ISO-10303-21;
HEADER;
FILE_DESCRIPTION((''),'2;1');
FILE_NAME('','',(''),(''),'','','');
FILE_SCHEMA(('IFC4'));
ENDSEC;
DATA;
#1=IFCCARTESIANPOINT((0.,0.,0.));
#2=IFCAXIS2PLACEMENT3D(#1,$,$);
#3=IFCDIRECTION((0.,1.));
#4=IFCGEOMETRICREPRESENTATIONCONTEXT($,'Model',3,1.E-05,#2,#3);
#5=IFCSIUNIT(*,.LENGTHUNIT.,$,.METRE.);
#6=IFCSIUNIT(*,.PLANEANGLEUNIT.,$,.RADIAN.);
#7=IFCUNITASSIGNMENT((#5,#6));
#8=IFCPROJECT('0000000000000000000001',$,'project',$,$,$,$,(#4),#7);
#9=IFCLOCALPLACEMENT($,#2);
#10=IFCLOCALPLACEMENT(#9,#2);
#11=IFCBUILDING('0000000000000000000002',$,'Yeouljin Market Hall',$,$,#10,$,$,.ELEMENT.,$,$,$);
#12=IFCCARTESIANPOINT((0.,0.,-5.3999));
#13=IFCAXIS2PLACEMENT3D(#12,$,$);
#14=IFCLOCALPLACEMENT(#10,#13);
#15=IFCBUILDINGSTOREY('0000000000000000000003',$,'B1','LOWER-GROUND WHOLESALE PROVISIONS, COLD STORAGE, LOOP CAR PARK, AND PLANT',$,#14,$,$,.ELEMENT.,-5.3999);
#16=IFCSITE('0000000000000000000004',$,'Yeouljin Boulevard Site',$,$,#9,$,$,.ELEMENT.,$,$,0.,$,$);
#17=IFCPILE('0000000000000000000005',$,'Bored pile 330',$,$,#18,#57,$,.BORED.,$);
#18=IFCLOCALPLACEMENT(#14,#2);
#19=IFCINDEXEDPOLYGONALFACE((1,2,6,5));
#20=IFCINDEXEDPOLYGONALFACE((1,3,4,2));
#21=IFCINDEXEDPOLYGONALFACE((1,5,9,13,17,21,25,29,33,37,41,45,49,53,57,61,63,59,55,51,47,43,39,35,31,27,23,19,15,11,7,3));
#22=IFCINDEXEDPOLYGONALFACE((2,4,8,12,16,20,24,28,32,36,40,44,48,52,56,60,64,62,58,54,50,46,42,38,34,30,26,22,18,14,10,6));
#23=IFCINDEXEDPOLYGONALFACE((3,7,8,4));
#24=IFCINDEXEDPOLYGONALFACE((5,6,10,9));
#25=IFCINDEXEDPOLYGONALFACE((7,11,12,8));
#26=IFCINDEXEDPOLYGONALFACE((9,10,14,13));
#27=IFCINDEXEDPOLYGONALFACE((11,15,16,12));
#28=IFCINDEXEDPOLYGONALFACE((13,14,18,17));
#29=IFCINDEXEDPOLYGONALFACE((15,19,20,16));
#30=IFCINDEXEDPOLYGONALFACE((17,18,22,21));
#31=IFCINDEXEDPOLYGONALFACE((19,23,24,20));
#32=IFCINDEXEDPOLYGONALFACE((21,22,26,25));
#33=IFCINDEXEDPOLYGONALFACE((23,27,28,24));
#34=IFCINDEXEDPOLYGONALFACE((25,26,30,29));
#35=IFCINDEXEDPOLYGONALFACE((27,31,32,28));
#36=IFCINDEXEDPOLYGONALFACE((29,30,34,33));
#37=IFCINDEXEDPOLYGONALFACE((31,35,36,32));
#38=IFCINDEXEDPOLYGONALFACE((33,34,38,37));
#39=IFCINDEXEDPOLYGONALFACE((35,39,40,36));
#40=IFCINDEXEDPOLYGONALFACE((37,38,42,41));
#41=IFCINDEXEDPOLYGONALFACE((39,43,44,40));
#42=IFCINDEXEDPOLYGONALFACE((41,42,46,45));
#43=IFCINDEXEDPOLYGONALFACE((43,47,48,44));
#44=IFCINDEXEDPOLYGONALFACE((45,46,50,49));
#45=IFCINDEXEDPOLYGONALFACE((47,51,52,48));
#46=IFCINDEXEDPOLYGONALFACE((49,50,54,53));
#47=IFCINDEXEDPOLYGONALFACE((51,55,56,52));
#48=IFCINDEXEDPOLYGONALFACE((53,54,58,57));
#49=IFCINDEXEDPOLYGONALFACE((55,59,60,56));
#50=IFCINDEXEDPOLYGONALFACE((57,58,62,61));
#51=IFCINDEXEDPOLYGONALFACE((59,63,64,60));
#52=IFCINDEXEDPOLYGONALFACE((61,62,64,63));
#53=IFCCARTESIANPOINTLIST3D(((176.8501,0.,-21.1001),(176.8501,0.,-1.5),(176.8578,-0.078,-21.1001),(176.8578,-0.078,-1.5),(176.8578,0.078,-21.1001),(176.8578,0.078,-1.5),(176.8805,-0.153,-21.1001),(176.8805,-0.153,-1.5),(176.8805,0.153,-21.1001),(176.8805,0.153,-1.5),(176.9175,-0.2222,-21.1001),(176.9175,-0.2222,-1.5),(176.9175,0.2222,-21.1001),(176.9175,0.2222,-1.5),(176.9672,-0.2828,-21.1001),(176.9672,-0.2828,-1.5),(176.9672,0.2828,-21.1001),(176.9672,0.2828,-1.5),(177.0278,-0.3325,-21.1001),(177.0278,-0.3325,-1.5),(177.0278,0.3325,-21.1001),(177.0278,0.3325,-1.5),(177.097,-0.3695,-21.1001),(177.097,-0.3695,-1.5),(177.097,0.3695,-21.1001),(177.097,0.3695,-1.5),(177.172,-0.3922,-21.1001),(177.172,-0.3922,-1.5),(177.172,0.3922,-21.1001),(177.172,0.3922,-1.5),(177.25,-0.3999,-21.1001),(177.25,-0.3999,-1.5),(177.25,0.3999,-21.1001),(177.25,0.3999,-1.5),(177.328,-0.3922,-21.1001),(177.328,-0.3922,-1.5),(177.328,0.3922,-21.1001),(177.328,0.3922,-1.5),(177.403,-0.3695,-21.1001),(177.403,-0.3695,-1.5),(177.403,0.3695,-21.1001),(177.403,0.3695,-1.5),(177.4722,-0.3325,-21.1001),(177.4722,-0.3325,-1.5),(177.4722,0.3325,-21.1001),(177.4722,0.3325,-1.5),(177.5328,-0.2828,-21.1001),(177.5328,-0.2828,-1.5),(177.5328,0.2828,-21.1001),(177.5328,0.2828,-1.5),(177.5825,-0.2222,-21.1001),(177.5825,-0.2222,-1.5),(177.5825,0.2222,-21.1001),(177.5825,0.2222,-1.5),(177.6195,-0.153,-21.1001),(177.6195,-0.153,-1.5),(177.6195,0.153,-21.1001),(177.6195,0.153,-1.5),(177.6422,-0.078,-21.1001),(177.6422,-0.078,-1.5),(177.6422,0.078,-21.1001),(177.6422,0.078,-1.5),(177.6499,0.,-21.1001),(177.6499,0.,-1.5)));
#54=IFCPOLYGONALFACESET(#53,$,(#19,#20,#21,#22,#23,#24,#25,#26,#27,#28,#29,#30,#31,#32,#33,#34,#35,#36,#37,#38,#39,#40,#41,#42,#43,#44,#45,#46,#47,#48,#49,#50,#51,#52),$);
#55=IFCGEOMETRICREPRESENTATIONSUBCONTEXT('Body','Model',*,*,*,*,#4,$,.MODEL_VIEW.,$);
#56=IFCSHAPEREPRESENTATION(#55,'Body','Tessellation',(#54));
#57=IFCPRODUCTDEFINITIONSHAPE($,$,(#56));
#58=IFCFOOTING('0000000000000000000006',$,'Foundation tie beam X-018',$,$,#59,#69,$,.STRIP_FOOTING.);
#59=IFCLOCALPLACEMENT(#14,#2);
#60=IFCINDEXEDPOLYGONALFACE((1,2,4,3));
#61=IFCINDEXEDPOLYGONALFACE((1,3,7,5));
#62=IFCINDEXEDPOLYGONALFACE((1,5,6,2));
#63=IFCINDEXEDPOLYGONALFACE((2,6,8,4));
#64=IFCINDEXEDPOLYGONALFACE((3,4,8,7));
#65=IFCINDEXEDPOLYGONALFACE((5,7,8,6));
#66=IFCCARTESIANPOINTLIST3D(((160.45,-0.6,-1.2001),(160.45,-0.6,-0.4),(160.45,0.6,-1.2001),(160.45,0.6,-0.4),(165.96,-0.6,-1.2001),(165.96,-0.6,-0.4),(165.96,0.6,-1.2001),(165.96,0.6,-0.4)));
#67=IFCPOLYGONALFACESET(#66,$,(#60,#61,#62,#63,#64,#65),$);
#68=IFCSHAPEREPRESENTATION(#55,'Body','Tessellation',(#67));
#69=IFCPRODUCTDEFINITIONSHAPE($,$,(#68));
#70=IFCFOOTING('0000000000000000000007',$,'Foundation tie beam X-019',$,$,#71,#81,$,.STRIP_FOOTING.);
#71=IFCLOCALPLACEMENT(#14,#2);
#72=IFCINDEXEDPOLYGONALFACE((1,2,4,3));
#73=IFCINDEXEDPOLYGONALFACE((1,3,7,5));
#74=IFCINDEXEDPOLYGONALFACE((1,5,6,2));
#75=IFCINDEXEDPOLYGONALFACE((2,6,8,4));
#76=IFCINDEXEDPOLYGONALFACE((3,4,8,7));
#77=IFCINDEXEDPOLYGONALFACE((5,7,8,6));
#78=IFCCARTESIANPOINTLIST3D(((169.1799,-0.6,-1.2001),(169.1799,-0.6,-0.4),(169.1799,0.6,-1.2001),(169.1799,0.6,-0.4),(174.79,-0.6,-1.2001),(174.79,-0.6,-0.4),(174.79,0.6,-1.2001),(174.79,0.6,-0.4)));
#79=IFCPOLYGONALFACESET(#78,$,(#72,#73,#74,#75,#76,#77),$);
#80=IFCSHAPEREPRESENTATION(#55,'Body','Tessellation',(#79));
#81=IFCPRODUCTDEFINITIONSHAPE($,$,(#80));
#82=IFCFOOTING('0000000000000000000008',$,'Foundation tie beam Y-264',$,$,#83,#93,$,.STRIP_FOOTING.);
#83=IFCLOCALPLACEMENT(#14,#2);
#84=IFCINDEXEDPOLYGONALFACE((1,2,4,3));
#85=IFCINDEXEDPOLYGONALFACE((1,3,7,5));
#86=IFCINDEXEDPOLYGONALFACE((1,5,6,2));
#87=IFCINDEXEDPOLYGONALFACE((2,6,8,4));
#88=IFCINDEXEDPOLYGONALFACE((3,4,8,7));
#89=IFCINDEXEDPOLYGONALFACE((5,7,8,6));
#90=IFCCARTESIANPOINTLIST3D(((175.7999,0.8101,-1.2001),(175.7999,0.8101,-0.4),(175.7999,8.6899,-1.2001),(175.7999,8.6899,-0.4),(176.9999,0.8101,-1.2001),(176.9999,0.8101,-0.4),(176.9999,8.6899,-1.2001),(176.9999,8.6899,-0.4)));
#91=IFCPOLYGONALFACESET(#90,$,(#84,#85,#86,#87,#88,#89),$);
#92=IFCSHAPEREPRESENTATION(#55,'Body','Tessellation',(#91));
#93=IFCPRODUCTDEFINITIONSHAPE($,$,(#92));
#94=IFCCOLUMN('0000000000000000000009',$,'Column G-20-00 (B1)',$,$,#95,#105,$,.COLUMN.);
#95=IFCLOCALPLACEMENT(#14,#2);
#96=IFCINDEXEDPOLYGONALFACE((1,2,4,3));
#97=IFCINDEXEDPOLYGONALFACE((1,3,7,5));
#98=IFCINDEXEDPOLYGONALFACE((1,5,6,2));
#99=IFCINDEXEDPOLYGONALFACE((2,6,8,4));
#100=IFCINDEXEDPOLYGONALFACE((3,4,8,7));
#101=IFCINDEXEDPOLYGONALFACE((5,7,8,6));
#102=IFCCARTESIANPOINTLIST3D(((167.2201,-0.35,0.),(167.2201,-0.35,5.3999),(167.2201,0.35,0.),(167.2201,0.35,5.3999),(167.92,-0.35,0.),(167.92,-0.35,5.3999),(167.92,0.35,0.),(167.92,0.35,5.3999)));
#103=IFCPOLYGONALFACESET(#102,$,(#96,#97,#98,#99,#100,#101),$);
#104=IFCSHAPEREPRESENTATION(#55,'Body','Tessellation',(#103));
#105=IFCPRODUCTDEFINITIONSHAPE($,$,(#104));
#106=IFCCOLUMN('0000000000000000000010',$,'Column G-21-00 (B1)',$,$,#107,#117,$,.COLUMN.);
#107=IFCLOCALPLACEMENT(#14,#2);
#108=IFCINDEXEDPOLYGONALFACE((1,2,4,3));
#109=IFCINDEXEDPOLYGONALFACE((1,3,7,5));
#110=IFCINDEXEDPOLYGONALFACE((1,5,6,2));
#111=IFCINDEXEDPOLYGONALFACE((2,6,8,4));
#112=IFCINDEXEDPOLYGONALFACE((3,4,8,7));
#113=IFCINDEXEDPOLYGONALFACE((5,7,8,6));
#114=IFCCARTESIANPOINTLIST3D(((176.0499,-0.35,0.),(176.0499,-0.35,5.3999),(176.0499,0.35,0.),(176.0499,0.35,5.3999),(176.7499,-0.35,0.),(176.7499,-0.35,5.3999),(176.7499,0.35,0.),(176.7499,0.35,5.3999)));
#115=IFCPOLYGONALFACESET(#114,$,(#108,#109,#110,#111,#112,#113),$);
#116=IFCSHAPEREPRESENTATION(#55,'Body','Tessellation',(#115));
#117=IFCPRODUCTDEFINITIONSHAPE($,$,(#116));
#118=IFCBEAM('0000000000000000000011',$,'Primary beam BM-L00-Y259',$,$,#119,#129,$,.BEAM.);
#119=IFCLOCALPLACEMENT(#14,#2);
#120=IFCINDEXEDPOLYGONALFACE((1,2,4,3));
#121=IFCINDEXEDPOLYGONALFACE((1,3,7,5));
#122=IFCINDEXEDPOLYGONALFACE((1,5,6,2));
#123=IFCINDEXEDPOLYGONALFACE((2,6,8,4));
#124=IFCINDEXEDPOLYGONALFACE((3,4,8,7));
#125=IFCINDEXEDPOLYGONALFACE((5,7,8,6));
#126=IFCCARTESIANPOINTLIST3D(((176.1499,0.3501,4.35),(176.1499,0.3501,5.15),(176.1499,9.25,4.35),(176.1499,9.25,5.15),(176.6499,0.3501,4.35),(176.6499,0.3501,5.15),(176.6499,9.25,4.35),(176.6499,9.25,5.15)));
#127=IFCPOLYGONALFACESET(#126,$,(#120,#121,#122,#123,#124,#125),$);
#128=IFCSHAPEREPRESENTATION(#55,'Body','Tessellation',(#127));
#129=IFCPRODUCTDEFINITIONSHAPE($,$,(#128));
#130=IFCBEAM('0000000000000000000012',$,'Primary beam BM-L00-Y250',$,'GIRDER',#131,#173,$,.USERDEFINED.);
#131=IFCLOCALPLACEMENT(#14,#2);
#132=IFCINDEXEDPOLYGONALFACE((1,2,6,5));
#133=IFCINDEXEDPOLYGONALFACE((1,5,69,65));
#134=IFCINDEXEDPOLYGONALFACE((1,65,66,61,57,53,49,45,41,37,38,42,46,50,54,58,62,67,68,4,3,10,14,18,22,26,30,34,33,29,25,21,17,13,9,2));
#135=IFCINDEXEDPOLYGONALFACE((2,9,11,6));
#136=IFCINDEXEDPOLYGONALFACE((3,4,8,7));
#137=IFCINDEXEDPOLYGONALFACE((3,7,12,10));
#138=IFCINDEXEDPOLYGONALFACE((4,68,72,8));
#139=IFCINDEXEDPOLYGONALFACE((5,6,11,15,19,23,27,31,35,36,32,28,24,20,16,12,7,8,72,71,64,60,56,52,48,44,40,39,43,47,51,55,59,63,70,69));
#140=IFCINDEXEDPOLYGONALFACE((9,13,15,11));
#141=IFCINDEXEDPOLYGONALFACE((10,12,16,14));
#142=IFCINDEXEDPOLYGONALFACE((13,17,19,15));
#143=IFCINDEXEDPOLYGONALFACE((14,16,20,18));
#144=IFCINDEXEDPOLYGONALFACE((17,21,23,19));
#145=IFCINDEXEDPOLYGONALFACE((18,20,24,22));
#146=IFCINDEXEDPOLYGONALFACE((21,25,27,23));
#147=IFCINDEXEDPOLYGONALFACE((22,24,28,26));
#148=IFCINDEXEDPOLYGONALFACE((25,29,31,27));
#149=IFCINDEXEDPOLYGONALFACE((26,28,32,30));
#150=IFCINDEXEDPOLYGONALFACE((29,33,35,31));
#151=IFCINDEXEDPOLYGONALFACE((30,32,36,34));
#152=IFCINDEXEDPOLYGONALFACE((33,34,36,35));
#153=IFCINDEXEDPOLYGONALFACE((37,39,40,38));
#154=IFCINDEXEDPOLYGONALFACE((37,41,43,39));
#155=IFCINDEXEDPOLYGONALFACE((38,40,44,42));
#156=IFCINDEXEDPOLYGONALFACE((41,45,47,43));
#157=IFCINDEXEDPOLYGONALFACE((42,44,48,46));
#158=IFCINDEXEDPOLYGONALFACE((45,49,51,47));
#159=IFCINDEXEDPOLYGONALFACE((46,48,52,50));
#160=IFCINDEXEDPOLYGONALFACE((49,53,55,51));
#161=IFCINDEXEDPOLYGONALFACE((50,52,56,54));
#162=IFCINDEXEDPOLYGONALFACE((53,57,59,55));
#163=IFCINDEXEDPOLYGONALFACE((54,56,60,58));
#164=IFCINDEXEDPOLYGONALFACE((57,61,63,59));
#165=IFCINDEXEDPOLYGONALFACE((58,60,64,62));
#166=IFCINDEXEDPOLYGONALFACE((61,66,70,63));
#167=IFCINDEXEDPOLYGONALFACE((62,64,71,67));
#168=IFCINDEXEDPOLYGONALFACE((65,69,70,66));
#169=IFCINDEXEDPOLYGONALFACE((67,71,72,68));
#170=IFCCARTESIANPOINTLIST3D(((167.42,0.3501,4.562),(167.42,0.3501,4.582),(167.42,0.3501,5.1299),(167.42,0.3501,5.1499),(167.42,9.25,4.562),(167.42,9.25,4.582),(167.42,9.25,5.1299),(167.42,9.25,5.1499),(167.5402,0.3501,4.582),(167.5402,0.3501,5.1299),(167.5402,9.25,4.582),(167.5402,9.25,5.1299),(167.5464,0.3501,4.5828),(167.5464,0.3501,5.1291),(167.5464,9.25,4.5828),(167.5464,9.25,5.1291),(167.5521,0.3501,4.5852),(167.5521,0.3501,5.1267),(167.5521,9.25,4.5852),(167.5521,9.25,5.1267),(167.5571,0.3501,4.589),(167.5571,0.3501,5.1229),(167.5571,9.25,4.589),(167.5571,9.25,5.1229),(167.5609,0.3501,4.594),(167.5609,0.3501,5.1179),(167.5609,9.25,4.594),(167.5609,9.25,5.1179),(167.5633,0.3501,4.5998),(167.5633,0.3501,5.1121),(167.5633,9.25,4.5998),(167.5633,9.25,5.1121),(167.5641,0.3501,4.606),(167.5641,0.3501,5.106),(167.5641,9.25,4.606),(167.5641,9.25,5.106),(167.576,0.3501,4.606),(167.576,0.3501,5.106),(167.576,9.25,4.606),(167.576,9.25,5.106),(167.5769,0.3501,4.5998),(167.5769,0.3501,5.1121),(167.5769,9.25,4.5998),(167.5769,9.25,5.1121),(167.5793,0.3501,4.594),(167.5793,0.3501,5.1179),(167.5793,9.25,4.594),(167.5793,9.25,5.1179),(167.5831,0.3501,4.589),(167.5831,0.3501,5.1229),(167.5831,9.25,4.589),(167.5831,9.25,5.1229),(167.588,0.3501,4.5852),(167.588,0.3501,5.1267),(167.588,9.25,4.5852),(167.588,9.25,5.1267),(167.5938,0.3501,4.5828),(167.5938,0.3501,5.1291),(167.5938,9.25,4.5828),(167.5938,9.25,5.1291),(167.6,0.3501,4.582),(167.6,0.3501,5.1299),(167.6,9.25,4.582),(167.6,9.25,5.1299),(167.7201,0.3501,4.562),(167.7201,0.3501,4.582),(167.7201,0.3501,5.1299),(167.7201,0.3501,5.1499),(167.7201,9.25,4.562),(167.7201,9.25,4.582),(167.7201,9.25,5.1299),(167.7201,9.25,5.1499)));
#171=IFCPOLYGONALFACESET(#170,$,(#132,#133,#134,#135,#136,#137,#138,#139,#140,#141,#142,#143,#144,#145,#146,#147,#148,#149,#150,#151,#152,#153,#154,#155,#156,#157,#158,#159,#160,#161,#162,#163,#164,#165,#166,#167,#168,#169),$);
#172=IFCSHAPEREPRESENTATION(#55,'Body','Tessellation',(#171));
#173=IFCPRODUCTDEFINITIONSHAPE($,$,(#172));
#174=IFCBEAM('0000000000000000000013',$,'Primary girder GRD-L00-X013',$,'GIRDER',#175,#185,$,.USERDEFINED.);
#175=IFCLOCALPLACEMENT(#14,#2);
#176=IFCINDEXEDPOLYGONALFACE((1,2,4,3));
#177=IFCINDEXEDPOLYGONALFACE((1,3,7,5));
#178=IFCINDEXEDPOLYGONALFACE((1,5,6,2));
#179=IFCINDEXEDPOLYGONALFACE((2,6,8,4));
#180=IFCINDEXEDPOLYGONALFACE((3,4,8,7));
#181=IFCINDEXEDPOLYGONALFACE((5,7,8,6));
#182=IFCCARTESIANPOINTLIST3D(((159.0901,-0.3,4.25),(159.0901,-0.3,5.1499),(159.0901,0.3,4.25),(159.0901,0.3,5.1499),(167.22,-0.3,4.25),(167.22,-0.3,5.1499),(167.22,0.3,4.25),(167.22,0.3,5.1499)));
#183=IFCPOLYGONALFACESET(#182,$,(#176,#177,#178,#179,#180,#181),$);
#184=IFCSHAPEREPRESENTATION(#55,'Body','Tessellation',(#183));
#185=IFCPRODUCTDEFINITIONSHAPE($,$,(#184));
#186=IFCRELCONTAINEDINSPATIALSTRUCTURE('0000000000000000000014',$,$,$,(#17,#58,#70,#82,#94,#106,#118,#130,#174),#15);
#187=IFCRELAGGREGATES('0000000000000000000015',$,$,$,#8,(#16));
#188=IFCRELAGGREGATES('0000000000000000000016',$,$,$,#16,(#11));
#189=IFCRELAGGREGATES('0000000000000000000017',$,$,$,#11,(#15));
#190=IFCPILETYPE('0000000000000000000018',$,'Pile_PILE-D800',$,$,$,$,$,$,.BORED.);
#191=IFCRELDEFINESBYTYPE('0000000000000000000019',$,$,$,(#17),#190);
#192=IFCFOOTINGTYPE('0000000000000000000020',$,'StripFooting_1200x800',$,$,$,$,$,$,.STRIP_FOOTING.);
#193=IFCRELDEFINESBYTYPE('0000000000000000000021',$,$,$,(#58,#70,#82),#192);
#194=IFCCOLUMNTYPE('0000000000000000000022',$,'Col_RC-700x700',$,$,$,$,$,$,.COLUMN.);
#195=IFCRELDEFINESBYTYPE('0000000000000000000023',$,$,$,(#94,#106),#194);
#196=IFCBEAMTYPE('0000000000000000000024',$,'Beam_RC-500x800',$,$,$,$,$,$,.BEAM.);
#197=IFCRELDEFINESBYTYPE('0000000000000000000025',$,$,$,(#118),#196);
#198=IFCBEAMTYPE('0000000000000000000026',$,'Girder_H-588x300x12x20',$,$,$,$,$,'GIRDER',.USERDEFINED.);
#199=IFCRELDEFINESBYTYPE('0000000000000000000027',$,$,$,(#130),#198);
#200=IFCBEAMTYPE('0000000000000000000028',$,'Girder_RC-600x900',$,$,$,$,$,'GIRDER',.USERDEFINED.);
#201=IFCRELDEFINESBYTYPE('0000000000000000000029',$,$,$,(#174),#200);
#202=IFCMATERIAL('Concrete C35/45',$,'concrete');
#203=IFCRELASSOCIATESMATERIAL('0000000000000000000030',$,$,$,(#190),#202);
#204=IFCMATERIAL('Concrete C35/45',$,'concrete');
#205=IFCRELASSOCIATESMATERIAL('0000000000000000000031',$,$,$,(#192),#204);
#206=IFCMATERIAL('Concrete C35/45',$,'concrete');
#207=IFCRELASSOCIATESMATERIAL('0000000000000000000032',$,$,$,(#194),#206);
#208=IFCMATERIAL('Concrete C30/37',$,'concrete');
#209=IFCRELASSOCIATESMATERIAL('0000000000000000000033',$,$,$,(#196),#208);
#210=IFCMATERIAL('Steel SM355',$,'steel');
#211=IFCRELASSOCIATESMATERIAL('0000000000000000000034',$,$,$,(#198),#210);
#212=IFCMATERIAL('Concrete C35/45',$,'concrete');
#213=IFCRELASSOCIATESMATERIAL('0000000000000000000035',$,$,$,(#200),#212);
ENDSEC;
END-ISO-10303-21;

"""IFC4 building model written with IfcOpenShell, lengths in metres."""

from ifc_helpers import new_model, si_unit, direction, frame, origin, origin_2d, place, context, subcontext, project, spatial, rectangle, circle, i_section, extrude, material, material_profile, profile_set, type_object, element, save


model = new_model("IFC4")

# Units and contexts
model_context = context("Model", 3, precision=1e-05, world=origin(), true_north=direction((0.0, 1.0)))
body_context = subcontext(model_context, "Body", "Model", "MODEL_VIEW")
ifc_project = project(units=[si_unit("LENGTHUNIT", "METRE"), si_unit("PLANEANGLEUNIT", "RADIAN")], contexts=[model_context])

# Site, building, storey
site_placement = place(None, origin())
site = spatial("IfcSite", under=ifc_project, at=site_placement, Name="Yeouljin Boulevard Site", CompositionType="ELEMENT", RefElevation=0.0)
building_placement = place(site_placement, origin())
building = spatial("IfcBuilding", under=site, at=building_placement, Name="Yeouljin Market Hall", CompositionType="ELEMENT")
storey_placement = place(building_placement, frame((0.0, 0.0, -5.3999)))
storey = spatial("IfcBuildingStorey", under=building, at=storey_placement, Name="B1", Description="LOWER-GROUND WHOLESALE PROVISIONS, COLD STORAGE, LOOP CAR PARK, AND PLANT", CompositionType="ELEMENT", Elevation=-5.3999)

# Pile
ifc_material_1 = material(Name="Concrete C35/45", Category="concrete")
ifc_material_profile_1 = material_profile(ifc_material_1, circle(Radius=0.3999, at=origin_2d()), Name="PILE-D800")
ifc_profile_set_1 = profile_set([ifc_material_profile_1], Name="Concrete C35/45")
pile_type = type_object("IfcPileType", Name="Pile_PILE-D800", PredefinedType="BORED", material=ifc_profile_set_1)
for number, where, z_axis, x_axis, name in (
    (1, (177.25, 0.0, -1.5), (0.0, 0.0, -1.0), (1.0, 0.0, 0.0), "Bored pile 330"),
):
    element("IfcPile", number, at=place(storey_placement, frame(where, z_axis=z_axis, x_axis=x_axis)), inside=storey, type_object=pile_type, Name=name, PredefinedType="BORED", context=body_context, shape_type="SweptSolid", body=[
        extrude(circle(Radius=0.3999, at=origin_2d()), origin(), (0.0, 0.0, 1.0), 19.6001),
    ])

# Footings
ifc_material_2 = material(Name="Concrete C35/45", Category="concrete")
ifc_material_profile_2 = material_profile(ifc_material_2, rectangle(XDim=1.2, YDim=0.8, at=origin_2d()), Name="SF-1200x800")
ifc_profile_set_2 = profile_set([ifc_material_profile_2], Name="Concrete C35/45")
footing_type_1 = type_object("IfcFootingType", Name="StripFooting_1200x800", PredefinedType="STRIP_FOOTING", material=ifc_profile_set_2)
footing_1_placement = place(storey_placement, frame((160.45, 0.0, -0.8), z_axis=(1.0, 0.0, 0.0), x_axis=(0.0, 1.0, 0.0)))
element("IfcFooting", 2, at=footing_1_placement, inside=storey, type_object=footing_type_1, Name="Foundation tie beam X-018", PredefinedType="STRIP_FOOTING", context=body_context, shape_type="SweptSolid", body=[
    extrude(rectangle(XDim=1.2, YDim=0.8, at=origin_2d()), origin(), (0.0, 0.0, 1.0), 5.51),
])
footing_2_placement = place(storey_placement, frame((169.1799, 0.0, -0.8), z_axis=(1.0, 0.0, 0.0), x_axis=(0.0, 1.0, 0.0)))
element("IfcFooting", 3, at=footing_2_placement, inside=storey, type_object=footing_type_1, Name="Foundation tie beam X-019", PredefinedType="STRIP_FOOTING", context=body_context, shape_type="SweptSolid", body=[
    extrude(rectangle(XDim=1.2, YDim=0.8, at=origin_2d()), origin(), (0.0, 0.0, 1.0), 5.6101),
])
footing_3_placement = place(storey_placement, frame((176.3999, 0.8101, -0.8), z_axis=(0.0, 1.0, 0.0), x_axis=(-1.0, 0.0, 0.0)))
element("IfcFooting", 4, at=footing_3_placement, inside=storey, type_object=footing_type_1, Name="Foundation tie beam Y-264", PredefinedType="STRIP_FOOTING", context=body_context, shape_type="SweptSolid", body=[
    extrude(rectangle(XDim=1.2, YDim=0.8, at=origin_2d()), origin(), (0.0, 0.0, 1.0), 7.8799),
])

# Columns
ifc_material_3 = material(Name="Concrete C35/45", Category="concrete")
ifc_material_profile_3 = material_profile(ifc_material_3, rectangle(XDim=0.7, YDim=0.7, at=origin_2d()), Name="RC-700x700")
ifc_profile_set_3 = profile_set([ifc_material_profile_3], Name="Concrete C35/45")
column_type = type_object("IfcColumnType", Name="Col_RC-700x700", PredefinedType="COLUMN", material=ifc_profile_set_3)
for number, where, z_axis, x_axis, name in (
    (5, (167.5701, 0.0, 0.0), (0.0, 0.0, 1.0), (1.0, 0.0, 0.0), "Column G-20-00 (B1)"),
    (6, (176.3999, 0.0, 0.0), (0.0, 0.0, 1.0), (1.0, 0.0, 0.0), "Column G-21-00 (B1)"),
):
    element("IfcColumn", number, at=place(storey_placement, frame(where, z_axis=z_axis, x_axis=x_axis)), inside=storey, type_object=column_type, Name=name, PredefinedType="COLUMN", context=body_context, shape_type="SweptSolid", body=[
        extrude(rectangle(XDim=0.7, YDim=0.7, at=origin_2d()), origin(), (0.0, 0.0, 1.0), 5.3999),
    ])

# Beams
ifc_material_4 = material(Name="Concrete C30/37", Category="concrete")
ifc_material_profile_4 = material_profile(ifc_material_4, rectangle(XDim=0.5, YDim=0.8, at=origin_2d()), Name="RC-500x800")
ifc_profile_set_4 = profile_set([ifc_material_profile_4], Name="Concrete C30/37")
beam_type_1 = type_object("IfcBeamType", Name="Beam_RC-500x800", PredefinedType="BEAM", material=ifc_profile_set_4)
beam_1_placement = place(storey_placement, frame((176.3999, 0.3501, 4.75), z_axis=(0.0, 1.0, 0.0), x_axis=(-1.0, 0.0, 0.0)))
element("IfcBeam", 7, at=beam_1_placement, inside=storey, type_object=beam_type_1, Name="Primary beam BM-L00-Y259", PredefinedType="BEAM", context=body_context, shape_type="SweptSolid", body=[
    extrude(rectangle(XDim=0.5, YDim=0.8, at=origin_2d()), origin(), (0.0, 0.0, 1.0), 8.8999),
])
ifc_material_5 = material(Name="Steel SM355", Category="steel")
ifc_material_profile_5 = material_profile(ifc_material_5, i_section(OverallWidth=0.3, OverallDepth=0.5879, WebThickness=0.012, FlangeThickness=0.02, FilletRadius=0.0239, at=origin_2d()), Name="H-588x300x12x20")
ifc_profile_set_5 = profile_set([ifc_material_profile_5], Name="Steel SM355")
beam_type_2 = type_object("IfcBeamType", Name="Girder_H-588x300x12x20", ElementType="GIRDER", PredefinedType="USERDEFINED", material=ifc_profile_set_5)
beam_2_placement = place(storey_placement, frame((167.5701, 0.3501, 4.856), z_axis=(0.0, 1.0, 0.0), x_axis=(-1.0, 0.0, 0.0)))
element("IfcBeam", 8, at=beam_2_placement, inside=storey, type_object=beam_type_2, Name="Primary beam BM-L00-Y250", ObjectType="GIRDER", PredefinedType="USERDEFINED", context=body_context, shape_type="SweptSolid", body=[
    extrude(i_section(OverallWidth=0.3, OverallDepth=0.5879, WebThickness=0.012, FlangeThickness=0.02, FilletRadius=0.0239, at=origin_2d()), origin(), (0.0, 0.0, 1.0), 8.8999),
])
ifc_material_6 = material(Name="Concrete C35/45", Category="concrete")
ifc_material_profile_6 = material_profile(ifc_material_6, rectangle(XDim=0.6001, YDim=0.8999, at=origin_2d()), Name="RC-600x900")
ifc_profile_set_6 = profile_set([ifc_material_profile_6], Name="Concrete C35/45")
beam_type_3 = type_object("IfcBeamType", Name="Girder_RC-600x900", ElementType="GIRDER", PredefinedType="USERDEFINED", material=ifc_profile_set_6)
beam_3_placement = place(storey_placement, frame((159.0901, 0.0, 4.7), z_axis=(1.0, 0.0, 0.0), x_axis=(0.0, 1.0, 0.0)))
element("IfcBeam", 9, at=beam_3_placement, inside=storey, type_object=beam_type_3, Name="Primary girder GRD-L00-X013", ObjectType="GIRDER", PredefinedType="USERDEFINED", context=body_context, shape_type="SweptSolid", body=[
    extrude(rectangle(XDim=0.6001, YDim=0.8999, at=origin_2d()), origin(), (0.0, 0.0, 1.0), 8.1299),
])

save(model, "model.ifc")
